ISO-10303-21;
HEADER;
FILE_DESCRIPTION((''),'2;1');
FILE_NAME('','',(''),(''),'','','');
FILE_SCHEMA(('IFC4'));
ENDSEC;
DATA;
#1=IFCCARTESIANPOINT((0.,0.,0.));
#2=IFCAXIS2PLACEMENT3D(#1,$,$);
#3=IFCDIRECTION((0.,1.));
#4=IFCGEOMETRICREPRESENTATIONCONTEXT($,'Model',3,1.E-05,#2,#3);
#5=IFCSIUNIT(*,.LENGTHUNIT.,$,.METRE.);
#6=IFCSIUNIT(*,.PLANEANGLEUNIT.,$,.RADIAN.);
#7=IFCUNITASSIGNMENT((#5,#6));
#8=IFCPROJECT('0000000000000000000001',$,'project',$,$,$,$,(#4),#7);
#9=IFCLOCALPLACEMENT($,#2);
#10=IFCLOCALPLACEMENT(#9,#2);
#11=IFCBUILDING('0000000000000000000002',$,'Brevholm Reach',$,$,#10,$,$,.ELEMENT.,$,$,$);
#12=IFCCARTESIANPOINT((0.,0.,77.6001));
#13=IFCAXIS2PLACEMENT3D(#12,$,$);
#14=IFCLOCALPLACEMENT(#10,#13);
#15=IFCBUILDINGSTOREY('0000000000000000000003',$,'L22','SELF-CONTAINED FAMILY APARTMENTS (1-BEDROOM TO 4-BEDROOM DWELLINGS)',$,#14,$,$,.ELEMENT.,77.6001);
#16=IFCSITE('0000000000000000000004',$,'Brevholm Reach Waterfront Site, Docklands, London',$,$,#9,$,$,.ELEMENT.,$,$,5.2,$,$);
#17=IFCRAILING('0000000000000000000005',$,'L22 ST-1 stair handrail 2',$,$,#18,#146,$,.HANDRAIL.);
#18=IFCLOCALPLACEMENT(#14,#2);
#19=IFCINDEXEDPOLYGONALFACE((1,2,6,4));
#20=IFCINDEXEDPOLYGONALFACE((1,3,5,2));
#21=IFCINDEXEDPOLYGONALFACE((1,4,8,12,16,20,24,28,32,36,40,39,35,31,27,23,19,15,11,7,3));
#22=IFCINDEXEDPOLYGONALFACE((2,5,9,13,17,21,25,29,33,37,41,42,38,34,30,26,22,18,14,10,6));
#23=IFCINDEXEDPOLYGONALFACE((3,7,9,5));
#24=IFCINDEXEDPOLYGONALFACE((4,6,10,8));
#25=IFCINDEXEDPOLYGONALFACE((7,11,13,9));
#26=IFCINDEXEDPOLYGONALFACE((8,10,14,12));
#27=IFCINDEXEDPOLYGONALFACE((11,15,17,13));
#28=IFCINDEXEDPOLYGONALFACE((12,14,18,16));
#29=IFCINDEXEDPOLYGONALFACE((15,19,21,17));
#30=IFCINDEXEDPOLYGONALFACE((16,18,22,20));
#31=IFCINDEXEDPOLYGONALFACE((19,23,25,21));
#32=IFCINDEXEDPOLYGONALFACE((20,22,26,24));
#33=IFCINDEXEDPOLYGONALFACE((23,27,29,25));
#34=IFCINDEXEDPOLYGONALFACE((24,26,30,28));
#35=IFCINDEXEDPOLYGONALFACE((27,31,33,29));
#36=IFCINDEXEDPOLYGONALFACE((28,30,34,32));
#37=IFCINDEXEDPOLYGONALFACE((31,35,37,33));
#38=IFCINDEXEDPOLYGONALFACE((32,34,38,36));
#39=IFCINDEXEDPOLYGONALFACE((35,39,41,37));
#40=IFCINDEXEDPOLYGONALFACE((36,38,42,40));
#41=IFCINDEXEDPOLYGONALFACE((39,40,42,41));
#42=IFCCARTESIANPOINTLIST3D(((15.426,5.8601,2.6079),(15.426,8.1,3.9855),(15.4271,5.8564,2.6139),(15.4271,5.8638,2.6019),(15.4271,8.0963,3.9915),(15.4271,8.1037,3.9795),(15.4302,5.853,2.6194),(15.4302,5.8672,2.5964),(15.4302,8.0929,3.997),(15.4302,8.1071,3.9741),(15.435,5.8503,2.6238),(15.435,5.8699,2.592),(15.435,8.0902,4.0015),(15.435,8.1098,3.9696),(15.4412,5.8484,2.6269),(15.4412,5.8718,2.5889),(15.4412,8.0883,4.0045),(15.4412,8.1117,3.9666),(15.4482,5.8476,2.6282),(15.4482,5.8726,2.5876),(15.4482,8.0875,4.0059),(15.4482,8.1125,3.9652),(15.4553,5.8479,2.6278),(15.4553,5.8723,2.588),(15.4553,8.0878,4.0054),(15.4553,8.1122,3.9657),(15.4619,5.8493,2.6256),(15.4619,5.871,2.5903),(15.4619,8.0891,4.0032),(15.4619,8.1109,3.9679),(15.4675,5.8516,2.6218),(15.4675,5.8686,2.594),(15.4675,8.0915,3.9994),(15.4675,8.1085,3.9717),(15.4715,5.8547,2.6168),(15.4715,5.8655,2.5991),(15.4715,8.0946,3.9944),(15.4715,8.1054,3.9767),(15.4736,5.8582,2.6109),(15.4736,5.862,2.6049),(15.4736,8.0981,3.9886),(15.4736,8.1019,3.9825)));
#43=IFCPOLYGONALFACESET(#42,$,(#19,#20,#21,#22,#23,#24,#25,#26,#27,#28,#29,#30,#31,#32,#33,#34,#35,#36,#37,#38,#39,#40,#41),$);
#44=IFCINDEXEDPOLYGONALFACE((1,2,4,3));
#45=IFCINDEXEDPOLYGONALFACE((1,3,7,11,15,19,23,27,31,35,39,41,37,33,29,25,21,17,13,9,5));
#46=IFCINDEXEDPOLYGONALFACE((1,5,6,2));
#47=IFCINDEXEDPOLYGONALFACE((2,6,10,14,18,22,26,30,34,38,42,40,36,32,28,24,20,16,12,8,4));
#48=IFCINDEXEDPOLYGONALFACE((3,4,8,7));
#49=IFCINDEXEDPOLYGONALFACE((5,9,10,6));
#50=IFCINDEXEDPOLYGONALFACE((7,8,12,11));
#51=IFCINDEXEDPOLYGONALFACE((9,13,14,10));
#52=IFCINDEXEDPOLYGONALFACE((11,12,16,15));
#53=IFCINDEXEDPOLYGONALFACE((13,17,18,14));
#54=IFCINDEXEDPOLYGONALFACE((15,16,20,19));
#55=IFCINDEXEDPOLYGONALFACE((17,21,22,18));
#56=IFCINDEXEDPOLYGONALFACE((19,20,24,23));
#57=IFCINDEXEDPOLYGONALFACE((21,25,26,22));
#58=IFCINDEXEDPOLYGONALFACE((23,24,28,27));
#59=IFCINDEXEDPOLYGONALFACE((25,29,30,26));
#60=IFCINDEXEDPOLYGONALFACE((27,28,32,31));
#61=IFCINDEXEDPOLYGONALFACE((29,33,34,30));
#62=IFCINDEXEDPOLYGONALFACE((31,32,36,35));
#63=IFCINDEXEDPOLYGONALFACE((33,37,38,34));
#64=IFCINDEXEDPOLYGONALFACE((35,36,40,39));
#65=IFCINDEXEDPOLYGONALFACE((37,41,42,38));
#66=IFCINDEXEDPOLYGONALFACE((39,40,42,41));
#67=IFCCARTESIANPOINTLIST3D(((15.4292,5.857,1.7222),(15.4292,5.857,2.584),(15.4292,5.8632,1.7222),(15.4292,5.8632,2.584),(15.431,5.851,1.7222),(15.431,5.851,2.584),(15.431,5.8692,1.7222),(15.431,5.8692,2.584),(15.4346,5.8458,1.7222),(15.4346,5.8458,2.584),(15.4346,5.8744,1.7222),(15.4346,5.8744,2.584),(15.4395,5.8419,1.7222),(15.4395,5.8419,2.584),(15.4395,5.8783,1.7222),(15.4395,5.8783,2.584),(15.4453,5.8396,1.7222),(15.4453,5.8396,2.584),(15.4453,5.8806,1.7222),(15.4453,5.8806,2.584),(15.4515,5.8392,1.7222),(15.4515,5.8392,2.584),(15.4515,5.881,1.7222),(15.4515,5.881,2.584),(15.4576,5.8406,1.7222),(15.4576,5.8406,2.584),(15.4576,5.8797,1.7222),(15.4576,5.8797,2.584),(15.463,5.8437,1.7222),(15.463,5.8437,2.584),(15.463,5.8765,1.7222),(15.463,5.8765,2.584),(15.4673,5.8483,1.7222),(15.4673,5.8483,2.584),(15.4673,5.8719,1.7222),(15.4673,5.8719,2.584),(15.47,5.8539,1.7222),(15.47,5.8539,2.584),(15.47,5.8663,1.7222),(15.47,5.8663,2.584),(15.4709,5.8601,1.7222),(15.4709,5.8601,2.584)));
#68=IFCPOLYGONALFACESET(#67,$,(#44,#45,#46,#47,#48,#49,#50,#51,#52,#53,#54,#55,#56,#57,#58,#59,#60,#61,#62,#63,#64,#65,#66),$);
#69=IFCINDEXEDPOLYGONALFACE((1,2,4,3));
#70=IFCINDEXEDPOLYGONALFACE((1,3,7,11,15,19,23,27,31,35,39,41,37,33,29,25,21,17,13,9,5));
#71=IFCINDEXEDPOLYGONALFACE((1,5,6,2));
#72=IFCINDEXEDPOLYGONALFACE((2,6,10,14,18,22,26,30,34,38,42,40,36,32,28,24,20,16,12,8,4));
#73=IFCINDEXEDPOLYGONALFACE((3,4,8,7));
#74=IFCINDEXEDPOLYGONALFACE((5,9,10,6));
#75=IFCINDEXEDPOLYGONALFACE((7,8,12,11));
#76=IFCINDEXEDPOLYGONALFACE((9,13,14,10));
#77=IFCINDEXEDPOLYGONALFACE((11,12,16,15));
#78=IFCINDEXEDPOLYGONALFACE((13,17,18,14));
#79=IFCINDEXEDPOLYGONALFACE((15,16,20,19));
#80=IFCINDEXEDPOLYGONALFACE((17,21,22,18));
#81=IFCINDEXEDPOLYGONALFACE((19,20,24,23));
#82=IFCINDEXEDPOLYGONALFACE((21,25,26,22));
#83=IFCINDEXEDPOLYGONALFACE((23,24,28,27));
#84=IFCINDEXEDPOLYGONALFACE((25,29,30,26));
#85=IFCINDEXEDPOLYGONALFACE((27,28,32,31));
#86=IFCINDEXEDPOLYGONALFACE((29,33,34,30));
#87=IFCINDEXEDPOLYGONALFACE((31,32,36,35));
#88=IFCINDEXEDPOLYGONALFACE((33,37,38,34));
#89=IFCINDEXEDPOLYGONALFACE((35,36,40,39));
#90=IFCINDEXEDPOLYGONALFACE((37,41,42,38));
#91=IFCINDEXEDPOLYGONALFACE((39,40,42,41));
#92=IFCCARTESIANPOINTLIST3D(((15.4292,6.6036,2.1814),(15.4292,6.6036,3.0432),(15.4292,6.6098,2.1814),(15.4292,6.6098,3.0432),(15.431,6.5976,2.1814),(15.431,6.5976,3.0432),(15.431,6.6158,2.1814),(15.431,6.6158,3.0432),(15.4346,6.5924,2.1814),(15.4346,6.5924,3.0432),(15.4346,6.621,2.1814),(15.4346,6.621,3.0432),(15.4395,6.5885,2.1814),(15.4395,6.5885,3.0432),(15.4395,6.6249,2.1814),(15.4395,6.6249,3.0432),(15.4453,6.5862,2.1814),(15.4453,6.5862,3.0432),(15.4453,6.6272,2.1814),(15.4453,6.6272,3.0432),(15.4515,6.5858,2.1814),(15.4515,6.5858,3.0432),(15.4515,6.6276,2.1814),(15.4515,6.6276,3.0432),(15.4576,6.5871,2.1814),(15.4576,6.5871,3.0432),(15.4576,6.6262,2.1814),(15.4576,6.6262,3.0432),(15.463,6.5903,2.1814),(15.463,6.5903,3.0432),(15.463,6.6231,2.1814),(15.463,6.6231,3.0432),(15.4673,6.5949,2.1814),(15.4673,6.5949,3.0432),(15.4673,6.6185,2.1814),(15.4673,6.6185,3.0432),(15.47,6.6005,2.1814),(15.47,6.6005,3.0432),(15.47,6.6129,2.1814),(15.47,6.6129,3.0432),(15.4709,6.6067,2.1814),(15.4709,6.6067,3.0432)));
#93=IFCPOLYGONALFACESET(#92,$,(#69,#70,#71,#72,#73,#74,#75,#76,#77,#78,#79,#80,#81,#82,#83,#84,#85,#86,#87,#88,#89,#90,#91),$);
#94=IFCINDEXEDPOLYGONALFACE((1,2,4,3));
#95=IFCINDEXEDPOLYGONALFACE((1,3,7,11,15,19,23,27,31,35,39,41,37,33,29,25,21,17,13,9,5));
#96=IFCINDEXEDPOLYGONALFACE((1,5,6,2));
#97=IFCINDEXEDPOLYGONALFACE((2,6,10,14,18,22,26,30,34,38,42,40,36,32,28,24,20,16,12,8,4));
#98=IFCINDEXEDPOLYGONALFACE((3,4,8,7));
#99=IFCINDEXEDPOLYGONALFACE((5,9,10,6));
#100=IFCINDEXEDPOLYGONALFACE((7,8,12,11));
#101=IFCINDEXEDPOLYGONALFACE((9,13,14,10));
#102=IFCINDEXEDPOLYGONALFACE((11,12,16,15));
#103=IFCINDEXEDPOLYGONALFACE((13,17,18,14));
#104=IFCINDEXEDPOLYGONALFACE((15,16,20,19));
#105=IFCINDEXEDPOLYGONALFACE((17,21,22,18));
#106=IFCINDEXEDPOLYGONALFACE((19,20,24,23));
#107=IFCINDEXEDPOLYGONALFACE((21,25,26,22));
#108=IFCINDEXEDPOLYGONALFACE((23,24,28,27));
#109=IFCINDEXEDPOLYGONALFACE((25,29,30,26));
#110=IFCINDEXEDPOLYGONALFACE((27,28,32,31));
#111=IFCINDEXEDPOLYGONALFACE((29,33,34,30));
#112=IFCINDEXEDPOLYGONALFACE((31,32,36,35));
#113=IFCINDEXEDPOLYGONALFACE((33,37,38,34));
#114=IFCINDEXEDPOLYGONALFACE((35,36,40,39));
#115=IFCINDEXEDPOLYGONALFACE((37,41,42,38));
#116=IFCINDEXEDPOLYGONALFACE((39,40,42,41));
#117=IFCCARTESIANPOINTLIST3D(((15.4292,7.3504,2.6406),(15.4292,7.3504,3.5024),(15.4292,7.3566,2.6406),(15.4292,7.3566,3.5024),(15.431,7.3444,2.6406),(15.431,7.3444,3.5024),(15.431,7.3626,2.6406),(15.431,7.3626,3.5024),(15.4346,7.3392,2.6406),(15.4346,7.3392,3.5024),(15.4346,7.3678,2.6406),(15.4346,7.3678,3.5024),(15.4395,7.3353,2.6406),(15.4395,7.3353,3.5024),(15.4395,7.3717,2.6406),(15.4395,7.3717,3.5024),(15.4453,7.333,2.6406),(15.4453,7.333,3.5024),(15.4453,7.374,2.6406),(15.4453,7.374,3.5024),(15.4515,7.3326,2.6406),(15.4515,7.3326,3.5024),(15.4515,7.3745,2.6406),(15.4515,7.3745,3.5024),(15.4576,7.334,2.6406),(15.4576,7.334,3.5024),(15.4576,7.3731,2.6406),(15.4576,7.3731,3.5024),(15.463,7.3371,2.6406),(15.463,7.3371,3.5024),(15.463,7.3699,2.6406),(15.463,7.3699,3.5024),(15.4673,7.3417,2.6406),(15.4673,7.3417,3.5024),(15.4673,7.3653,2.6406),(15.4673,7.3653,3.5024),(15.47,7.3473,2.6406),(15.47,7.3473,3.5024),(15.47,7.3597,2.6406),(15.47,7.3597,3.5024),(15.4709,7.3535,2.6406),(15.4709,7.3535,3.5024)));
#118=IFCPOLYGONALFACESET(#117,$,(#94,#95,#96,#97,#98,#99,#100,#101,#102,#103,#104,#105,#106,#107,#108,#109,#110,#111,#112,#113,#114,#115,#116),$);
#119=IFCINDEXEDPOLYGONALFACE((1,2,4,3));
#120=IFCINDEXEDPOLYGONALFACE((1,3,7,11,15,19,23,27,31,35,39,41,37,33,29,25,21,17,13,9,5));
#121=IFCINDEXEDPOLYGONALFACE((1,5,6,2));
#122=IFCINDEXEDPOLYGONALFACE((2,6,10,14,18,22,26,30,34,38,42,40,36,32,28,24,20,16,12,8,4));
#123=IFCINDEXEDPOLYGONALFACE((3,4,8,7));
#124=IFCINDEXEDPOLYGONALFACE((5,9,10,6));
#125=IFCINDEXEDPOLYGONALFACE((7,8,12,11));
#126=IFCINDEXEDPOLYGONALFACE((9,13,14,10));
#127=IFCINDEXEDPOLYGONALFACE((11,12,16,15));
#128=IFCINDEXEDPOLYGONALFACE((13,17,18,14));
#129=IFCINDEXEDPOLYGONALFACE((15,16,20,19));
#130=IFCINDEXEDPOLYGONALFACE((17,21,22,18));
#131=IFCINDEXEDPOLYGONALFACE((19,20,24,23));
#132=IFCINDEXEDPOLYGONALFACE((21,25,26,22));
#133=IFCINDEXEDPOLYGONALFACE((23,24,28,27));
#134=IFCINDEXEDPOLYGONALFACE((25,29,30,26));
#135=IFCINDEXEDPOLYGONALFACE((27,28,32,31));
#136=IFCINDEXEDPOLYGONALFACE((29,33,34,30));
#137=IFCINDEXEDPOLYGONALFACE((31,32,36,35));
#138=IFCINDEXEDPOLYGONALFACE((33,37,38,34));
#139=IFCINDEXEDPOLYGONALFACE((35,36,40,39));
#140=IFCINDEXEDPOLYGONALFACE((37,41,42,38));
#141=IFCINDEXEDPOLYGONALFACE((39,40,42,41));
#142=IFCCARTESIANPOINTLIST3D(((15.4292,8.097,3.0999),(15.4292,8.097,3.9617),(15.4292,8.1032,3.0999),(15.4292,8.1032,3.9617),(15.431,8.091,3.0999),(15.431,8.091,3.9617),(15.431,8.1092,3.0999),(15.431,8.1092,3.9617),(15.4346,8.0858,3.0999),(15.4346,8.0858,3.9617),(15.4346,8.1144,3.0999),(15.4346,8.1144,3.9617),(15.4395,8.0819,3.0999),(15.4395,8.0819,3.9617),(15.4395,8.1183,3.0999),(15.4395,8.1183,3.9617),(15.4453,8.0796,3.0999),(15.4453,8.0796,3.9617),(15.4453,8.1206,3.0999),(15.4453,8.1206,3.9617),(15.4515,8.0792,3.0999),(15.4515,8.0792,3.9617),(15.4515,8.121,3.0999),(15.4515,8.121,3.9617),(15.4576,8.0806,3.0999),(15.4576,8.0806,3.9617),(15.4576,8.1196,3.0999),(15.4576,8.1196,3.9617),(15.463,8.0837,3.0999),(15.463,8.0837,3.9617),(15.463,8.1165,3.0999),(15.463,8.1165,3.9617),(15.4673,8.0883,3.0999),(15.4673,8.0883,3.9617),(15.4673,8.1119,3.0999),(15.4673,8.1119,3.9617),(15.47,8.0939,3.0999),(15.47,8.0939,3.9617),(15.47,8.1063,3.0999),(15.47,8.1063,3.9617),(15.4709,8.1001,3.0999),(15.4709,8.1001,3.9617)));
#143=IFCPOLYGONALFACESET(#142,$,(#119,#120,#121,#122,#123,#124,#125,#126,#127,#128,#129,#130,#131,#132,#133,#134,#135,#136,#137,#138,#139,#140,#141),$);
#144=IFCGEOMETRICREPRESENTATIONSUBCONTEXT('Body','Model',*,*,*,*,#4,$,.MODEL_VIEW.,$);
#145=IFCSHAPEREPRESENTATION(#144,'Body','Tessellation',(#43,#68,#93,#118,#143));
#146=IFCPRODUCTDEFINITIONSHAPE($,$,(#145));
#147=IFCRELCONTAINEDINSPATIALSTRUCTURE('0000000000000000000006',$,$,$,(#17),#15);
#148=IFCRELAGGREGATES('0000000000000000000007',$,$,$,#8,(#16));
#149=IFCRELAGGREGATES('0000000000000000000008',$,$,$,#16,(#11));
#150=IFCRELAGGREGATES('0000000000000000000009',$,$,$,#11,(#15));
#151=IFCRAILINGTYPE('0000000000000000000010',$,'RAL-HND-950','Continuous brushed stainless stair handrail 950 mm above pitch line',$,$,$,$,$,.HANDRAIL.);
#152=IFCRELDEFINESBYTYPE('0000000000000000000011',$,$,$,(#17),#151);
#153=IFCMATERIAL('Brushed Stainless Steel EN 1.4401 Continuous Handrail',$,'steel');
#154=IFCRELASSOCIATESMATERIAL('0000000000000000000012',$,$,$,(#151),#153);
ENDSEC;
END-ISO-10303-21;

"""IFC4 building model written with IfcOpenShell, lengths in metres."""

from ifc_helpers import new_model, si_unit, direction, frame, origin, origin_2d, place, context, subcontext, project, spatial, circle, extrude, material, type_object, element, save


model = new_model("IFC4")

# Units and contexts
model_context = context("Model", 3, precision=1e-05, world=origin(), true_north=direction((0.0, 1.0)))
body_context = subcontext(model_context, "Body", "Model", "MODEL_VIEW")
ifc_project = project(units=[si_unit("LENGTHUNIT", "METRE"), si_unit("PLANEANGLEUNIT", "RADIAN")], contexts=[model_context])

# Site, building, storey
site_placement = place(None, origin())
site = spatial("IfcSite", under=ifc_project, at=site_placement, Name="Brevholm Reach Waterfront Site, Docklands, London", CompositionType="ELEMENT", RefElevation=5.2)
building_placement = place(site_placement, origin())
building = spatial("IfcBuilding", under=site, at=building_placement, Name="Brevholm Reach", CompositionType="ELEMENT")
storey_placement = place(building_placement, frame((0.0, 0.0, 77.6001)))
storey = spatial("IfcBuildingStorey", under=building, at=storey_placement, Name="L22", Description="SELF-CONTAINED FAMILY APARTMENTS (1-BEDROOM TO 4-BEDROOM DWELLINGS)", CompositionType="ELEMENT", Elevation=77.6001)

# Railing
ifc_material_1 = material(Name="Brushed Stainless Steel EN 1.4401 Continuous Handrail", Category="steel")
railing_type_1 = type_object("IfcRailingType", Name="RAL-HND-950", Description="Continuous brushed stainless stair handrail 950 mm above pitch line", PredefinedType="HANDRAIL", material=ifc_material_1)
railing_1_placement = place(storey_placement, frame((15.45, 5.8601, 1.7222)))
element("IfcRailing", 1, at=railing_1_placement, inside=storey, type_object=railing_type_1, Name="L22 ST-1 stair handrail 2", PredefinedType="HANDRAIL", context=body_context, shape_type="SweptSolid", body=[
    extrude(circle(Radius=0.0239, at=origin_2d()), frame((0.0, 0.0, 0.8857), z_axis=(0.0, 0.851789, 0.523885), x_axis=(-1.0, 0.0, 0.0)), (0.0, 0.0, 1.0), 2.6296),
    extrude(circle(Radius=0.021, at=origin_2d()), origin(), (0.0, 0.0, 1.0), 0.8618),
    extrude(circle(Radius=0.021, at=origin_2d()), frame((0.0, 0.7466, 0.4592)), (0.0, 0.0, 1.0), 0.8618),
    extrude(circle(Radius=0.021, at=origin_2d()), frame((0.0, 1.4934, 0.9185)), (0.0, 0.0, 1.0), 0.8618),
    extrude(circle(Radius=0.021, at=origin_2d()), frame((0.0, 2.24, 1.3777)), (0.0, 0.0, 1.0), 0.8618),
])

save(model, "model.ifc")
